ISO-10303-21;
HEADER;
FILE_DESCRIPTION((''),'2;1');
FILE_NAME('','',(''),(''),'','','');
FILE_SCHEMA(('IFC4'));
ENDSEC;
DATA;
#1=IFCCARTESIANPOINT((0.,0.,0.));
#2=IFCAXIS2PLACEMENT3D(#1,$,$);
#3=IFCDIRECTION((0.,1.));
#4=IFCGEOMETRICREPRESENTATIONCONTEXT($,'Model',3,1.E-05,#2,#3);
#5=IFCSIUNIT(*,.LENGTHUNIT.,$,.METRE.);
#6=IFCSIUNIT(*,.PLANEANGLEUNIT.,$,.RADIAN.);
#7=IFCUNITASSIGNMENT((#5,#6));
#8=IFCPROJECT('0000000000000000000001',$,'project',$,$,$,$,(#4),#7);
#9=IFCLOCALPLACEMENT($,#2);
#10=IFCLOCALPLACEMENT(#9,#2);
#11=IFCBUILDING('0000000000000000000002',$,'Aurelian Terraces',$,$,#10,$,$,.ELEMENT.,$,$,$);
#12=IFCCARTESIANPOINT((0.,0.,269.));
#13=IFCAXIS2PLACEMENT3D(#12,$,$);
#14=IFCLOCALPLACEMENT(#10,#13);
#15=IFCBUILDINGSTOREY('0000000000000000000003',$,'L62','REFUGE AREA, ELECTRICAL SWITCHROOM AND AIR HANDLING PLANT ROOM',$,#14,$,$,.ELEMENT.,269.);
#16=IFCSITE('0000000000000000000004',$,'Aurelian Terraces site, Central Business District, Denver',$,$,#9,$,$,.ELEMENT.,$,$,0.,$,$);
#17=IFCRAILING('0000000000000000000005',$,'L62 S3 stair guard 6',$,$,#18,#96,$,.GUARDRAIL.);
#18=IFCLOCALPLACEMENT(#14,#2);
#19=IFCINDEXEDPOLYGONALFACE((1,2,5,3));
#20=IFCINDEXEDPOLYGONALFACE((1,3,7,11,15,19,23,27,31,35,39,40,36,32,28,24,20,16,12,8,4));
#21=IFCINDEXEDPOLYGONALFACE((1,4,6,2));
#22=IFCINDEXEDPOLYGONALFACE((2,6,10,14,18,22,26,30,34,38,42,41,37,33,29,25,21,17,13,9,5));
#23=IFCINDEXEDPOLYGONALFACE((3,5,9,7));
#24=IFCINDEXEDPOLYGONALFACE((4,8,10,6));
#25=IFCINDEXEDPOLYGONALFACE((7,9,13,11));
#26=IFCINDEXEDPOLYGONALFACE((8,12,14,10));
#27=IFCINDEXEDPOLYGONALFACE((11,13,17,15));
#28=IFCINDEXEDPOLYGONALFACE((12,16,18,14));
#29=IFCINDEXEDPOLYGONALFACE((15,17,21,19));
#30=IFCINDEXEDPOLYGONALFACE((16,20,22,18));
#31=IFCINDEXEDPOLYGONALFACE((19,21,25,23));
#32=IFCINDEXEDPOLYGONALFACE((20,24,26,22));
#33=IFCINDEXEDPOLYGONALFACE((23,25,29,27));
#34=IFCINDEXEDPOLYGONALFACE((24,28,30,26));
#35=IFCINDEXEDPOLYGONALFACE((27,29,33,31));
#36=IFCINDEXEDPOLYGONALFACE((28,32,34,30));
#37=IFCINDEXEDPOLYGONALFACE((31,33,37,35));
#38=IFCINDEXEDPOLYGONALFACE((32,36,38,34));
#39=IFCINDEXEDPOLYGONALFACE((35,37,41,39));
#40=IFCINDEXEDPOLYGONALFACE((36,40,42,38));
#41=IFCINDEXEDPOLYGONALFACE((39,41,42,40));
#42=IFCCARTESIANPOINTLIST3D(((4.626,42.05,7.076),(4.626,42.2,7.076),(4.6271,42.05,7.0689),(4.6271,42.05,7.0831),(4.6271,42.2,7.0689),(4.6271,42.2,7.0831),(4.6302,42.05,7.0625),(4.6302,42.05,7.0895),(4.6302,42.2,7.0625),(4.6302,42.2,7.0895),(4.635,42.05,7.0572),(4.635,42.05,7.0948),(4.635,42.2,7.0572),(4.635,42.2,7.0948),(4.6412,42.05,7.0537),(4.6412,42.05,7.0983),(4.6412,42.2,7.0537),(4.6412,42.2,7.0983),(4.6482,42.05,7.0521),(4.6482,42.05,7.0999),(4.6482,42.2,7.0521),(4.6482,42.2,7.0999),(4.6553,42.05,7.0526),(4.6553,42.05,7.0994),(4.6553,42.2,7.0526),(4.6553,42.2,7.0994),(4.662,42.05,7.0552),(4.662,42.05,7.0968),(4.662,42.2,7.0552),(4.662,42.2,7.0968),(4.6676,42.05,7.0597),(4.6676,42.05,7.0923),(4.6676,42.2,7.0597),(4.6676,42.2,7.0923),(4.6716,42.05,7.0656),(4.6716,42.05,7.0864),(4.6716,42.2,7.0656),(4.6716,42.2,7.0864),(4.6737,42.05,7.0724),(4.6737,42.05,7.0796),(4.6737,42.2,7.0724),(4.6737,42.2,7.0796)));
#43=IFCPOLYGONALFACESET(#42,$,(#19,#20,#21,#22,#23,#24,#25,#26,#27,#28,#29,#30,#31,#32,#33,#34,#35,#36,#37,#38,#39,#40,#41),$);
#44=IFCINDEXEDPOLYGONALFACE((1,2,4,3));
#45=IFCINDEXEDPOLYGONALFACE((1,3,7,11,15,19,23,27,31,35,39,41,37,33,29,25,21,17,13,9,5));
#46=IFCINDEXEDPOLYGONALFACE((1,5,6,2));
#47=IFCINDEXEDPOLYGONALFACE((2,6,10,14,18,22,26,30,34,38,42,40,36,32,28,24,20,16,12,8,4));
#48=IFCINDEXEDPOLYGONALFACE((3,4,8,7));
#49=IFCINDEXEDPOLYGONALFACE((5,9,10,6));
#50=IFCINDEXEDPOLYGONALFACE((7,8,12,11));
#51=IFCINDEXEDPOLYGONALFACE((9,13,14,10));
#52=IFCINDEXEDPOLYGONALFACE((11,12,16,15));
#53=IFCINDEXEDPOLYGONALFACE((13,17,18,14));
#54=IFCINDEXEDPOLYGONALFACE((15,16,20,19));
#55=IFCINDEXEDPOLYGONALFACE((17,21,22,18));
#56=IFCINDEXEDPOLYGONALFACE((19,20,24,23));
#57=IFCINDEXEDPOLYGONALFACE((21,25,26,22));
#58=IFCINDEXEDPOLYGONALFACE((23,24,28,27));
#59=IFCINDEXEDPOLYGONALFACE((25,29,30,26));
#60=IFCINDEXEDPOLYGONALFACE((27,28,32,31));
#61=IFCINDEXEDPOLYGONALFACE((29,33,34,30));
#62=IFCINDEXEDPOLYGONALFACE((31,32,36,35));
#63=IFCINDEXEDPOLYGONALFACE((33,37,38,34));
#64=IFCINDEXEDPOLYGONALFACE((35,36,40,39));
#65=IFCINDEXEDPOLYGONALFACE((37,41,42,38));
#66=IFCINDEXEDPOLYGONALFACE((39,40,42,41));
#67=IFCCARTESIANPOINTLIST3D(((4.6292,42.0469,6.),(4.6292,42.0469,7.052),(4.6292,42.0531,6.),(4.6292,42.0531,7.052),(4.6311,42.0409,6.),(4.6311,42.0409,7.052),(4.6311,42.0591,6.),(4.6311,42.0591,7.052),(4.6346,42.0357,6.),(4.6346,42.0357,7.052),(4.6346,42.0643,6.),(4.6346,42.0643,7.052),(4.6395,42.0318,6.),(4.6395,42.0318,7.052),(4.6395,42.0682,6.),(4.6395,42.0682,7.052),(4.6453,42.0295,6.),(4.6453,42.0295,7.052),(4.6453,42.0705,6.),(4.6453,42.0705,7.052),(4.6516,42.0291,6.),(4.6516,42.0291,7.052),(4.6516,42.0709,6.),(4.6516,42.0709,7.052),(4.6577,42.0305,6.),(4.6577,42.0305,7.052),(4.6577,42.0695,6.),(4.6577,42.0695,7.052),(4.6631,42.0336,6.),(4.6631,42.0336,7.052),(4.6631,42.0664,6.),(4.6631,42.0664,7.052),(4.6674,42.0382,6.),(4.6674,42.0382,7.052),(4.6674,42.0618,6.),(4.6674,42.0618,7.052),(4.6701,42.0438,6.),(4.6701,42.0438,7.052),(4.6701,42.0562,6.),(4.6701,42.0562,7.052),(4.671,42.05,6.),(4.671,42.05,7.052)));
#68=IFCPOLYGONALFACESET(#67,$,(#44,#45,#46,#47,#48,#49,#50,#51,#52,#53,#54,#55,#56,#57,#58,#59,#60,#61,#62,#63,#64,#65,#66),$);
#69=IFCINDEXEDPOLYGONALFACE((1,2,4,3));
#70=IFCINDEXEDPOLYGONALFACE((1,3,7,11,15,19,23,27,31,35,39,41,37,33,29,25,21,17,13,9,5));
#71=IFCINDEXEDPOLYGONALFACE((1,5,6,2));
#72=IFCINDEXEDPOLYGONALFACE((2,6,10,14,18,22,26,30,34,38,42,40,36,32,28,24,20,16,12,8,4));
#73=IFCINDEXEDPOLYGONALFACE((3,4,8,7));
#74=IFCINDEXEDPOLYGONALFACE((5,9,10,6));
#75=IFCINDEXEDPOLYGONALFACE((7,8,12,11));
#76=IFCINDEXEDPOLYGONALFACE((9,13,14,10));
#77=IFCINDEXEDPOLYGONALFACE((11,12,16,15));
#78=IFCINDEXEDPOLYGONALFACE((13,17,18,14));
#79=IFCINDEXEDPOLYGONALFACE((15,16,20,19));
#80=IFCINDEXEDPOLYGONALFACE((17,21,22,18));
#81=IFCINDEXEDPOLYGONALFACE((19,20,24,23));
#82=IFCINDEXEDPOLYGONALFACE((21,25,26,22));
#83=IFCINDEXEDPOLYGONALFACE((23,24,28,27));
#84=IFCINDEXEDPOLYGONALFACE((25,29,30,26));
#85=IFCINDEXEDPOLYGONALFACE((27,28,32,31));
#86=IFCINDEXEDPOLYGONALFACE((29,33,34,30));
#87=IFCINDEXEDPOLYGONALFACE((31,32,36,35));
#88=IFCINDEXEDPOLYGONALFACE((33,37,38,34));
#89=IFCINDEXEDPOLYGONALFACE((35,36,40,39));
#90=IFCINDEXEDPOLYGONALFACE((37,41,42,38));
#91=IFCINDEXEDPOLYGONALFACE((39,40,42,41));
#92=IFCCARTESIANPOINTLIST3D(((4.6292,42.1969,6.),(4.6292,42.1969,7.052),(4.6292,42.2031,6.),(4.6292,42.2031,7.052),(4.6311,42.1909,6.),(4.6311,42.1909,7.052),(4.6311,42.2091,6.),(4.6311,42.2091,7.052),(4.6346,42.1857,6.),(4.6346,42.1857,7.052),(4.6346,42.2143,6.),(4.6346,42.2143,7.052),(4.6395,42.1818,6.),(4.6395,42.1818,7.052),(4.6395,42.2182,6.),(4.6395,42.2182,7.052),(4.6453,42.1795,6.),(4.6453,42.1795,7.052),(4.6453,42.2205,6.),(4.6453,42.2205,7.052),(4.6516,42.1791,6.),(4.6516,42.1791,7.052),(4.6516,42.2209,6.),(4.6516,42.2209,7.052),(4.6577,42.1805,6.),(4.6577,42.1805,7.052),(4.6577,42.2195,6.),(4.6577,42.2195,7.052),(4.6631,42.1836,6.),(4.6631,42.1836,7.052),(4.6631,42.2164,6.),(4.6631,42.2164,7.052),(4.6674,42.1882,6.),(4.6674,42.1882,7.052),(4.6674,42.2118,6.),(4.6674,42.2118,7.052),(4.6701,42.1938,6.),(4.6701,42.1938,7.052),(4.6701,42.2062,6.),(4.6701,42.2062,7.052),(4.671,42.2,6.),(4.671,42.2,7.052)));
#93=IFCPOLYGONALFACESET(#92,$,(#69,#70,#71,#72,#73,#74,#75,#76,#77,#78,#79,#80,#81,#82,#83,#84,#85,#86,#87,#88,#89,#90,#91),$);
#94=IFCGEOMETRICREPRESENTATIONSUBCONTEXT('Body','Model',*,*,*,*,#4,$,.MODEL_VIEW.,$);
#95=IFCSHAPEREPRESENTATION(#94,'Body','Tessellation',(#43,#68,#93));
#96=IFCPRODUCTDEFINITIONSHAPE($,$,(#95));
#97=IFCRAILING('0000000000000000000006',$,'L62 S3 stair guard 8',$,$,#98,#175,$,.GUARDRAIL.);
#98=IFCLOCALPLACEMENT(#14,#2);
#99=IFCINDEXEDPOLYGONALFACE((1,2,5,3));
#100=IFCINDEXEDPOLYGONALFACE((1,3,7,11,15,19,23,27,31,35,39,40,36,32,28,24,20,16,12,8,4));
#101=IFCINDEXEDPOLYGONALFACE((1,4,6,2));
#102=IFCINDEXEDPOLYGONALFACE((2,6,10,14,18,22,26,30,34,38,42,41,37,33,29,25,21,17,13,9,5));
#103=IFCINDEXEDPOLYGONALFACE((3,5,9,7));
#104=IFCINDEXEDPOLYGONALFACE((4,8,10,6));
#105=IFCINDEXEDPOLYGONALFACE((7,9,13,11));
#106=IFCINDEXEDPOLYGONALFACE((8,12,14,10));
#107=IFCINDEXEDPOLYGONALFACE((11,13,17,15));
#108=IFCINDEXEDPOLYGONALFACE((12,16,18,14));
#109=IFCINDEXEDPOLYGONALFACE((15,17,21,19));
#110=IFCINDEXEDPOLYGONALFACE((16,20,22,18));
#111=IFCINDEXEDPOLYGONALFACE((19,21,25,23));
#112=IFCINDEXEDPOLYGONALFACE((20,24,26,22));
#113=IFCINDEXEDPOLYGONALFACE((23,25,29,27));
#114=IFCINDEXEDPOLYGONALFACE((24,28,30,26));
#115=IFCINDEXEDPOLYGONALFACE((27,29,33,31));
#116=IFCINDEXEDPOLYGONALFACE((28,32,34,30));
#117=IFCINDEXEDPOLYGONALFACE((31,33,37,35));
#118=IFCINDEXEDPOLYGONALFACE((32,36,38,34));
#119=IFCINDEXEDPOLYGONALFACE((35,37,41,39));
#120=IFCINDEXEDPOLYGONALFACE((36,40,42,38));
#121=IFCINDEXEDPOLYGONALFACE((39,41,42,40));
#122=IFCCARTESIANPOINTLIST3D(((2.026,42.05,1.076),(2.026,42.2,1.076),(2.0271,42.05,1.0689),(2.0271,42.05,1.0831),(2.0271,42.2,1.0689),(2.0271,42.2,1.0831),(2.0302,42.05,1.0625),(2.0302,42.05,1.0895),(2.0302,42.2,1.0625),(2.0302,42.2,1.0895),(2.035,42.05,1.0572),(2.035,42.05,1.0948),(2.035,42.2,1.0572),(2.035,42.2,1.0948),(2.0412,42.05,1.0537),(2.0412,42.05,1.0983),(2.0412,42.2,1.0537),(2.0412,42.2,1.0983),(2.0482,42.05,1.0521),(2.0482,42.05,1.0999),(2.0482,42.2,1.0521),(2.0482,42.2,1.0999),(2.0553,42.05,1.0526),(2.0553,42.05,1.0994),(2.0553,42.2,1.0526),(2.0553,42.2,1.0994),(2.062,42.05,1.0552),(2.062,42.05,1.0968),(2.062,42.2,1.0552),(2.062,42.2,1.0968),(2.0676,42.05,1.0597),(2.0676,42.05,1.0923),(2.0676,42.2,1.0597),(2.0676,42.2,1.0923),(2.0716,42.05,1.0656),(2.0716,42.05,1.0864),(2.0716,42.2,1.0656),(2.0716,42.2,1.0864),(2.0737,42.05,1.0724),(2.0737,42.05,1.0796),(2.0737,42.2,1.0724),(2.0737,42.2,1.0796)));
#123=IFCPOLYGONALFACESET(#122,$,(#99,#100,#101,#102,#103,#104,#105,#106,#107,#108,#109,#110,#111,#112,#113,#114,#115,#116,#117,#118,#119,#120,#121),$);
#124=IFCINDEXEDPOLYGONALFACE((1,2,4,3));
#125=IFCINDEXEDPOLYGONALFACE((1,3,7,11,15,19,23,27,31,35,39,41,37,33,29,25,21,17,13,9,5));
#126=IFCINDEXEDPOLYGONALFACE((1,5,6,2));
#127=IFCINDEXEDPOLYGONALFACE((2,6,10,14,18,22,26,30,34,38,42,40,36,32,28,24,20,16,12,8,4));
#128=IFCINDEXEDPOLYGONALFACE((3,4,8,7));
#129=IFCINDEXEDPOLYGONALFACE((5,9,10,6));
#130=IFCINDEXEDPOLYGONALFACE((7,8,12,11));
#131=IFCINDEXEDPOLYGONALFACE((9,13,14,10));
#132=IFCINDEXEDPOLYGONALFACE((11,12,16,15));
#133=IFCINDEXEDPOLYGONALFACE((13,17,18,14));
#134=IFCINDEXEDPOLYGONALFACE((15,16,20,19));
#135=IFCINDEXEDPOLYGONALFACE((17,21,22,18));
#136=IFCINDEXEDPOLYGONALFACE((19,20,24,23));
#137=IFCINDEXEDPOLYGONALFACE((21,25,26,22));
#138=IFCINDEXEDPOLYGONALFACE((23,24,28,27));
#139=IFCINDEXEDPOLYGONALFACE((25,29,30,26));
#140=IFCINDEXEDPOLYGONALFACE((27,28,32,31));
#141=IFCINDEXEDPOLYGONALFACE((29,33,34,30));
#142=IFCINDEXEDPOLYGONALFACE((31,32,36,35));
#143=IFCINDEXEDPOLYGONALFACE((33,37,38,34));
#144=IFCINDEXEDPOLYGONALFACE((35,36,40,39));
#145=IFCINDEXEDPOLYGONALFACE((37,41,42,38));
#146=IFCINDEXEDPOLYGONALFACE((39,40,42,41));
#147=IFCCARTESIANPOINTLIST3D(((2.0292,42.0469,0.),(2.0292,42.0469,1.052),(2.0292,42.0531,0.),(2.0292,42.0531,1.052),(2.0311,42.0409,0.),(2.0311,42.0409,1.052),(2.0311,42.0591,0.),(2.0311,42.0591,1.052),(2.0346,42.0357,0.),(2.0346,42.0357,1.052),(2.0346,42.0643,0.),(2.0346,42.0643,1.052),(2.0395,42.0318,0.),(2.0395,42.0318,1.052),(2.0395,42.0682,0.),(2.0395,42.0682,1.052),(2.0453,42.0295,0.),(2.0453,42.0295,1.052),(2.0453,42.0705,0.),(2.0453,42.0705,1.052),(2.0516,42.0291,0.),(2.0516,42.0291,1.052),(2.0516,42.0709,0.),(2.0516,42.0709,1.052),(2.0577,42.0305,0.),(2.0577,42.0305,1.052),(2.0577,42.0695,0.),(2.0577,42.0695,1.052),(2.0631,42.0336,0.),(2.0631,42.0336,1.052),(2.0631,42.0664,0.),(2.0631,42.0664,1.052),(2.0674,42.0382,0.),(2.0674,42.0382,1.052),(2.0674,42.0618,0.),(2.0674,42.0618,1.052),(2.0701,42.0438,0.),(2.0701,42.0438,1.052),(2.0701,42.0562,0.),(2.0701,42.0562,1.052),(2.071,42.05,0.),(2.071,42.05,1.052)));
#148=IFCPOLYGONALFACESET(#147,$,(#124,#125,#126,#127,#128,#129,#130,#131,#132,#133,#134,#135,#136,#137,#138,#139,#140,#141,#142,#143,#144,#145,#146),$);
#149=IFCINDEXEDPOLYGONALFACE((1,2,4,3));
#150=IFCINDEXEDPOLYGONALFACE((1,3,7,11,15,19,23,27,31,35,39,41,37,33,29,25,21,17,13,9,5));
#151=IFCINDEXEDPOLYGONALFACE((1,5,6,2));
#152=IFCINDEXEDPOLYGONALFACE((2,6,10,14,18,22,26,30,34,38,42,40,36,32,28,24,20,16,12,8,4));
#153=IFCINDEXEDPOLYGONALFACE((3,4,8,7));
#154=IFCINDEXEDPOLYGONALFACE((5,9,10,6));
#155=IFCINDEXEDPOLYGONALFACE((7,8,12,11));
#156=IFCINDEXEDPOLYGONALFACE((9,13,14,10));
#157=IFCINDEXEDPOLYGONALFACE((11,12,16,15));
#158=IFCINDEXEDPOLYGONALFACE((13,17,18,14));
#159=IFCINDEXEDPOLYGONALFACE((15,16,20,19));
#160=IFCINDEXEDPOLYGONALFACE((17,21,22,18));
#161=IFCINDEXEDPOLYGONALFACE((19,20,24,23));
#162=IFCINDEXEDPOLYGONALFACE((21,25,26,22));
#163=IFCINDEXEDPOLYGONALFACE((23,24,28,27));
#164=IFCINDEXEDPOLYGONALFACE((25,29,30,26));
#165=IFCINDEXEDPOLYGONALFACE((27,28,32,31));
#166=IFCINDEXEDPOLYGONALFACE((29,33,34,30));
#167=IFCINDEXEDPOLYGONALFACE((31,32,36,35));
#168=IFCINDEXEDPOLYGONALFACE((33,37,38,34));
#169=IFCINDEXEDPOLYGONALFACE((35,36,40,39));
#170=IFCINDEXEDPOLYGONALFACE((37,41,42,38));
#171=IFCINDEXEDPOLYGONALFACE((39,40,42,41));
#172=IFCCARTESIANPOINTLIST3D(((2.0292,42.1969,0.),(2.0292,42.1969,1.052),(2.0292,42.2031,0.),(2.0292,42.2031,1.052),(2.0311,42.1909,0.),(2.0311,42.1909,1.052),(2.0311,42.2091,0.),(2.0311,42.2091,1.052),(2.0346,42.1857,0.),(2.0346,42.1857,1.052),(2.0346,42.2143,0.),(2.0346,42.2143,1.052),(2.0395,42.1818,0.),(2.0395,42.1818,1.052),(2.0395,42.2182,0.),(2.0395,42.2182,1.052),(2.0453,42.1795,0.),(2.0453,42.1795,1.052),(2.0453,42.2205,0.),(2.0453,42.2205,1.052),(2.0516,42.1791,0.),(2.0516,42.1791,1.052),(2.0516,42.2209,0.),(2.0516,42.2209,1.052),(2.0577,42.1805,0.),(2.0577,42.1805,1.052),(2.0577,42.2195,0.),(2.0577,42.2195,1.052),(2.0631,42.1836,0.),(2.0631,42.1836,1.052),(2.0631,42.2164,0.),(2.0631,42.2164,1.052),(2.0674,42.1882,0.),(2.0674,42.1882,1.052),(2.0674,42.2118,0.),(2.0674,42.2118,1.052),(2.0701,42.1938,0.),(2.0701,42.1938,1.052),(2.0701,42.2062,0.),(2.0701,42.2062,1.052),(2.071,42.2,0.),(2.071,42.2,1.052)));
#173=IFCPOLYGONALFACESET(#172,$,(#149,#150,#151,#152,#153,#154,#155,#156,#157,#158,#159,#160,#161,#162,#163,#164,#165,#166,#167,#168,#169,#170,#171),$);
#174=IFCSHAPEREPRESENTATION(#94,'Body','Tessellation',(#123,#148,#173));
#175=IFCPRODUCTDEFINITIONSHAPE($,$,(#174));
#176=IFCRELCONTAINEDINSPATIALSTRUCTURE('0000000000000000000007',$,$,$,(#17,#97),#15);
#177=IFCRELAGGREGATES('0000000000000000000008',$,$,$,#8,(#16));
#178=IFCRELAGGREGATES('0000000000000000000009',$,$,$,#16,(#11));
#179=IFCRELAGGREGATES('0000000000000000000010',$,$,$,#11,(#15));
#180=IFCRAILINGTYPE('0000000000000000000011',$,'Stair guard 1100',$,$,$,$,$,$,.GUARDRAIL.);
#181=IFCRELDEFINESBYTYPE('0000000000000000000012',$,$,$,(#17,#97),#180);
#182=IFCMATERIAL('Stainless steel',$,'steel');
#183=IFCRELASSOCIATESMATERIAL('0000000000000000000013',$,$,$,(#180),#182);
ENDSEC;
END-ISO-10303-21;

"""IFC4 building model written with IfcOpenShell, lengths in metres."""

from ifc_helpers import new_model, si_unit, direction, frame, origin, origin_2d, place, context, subcontext, project, spatial, circle, extrude, source, transform, mapped, material, type_object, element, save


model = new_model("IFC4")

# Units and contexts
model_context = context("Model", 3, precision=1e-05, world=origin(), true_north=direction((0.0, 1.0)))
body_context = subcontext(model_context, "Body", "Model", "MODEL_VIEW")
ifc_project = project(units=[si_unit("LENGTHUNIT", "METRE"), si_unit("PLANEANGLEUNIT", "RADIAN")], contexts=[model_context])

# Site, building, storey
site_placement = place(None, origin())
site = spatial("IfcSite", under=ifc_project, at=site_placement, Name="Aurelian Terraces site, Central Business District, Denver", CompositionType="ELEMENT", RefElevation=0.0)
building_placement = place(site_placement, origin())
building = spatial("IfcBuilding", under=site, at=building_placement, Name="Aurelian Terraces", CompositionType="ELEMENT")
storey_placement = place(building_placement, frame((0.0, 0.0, 269.0)))
storey = spatial("IfcBuildingStorey", under=building, at=storey_placement, Name="L62", Description="REFUGE AREA, ELECTRICAL SWITCHROOM AND AIR HANDLING PLANT ROOM", CompositionType="ELEMENT", Elevation=269.0)

# Railings
ifc_material_1 = material(Name="Stainless steel", Category="steel")
railing_type_1 = type_object("IfcRailingType", Name="Stair guard 1100", PredefinedType="GUARDRAIL", material=ifc_material_1)
shared_shape_1 = source(origin(), body_context, "Body", "SweptSolid", [
    extrude(circle(Radius=0.024, at=origin_2d()), frame((0.0, 0.0, 1.076), z_axis=(0.0, 1.0, 0.0), x_axis=(-1.0, 0.0, 0.0)), (0.0, 0.0, 1.0), 0.15),
    extrude(circle(Radius=0.021, at=origin_2d()), origin(), (0.0, 0.0, 1.0), 1.052),
    extrude(circle(Radius=0.021, at=origin_2d()), frame((0.0, 0.15, 0.0)), (0.0, 0.0, 1.0), 1.052),
])
for number, where, name in (
    (1, (4.65, 42.05, 6.0), "L62 S3 stair guard 6"),
    (2, (2.05, 42.05, 0.0), "L62 S3 stair guard 8"),
):
    element("IfcRailing", number, at=place(storey_placement, frame(where)), inside=storey, type_object=railing_type_1, Name=name, PredefinedType="GUARDRAIL", context=body_context, shape_type="MappedRepresentation", body=[
        mapped(shared_shape_1, transform((0.0, 0.0, 0.0), scale=1.0)),
    ])

save(model, "model.ifc")
